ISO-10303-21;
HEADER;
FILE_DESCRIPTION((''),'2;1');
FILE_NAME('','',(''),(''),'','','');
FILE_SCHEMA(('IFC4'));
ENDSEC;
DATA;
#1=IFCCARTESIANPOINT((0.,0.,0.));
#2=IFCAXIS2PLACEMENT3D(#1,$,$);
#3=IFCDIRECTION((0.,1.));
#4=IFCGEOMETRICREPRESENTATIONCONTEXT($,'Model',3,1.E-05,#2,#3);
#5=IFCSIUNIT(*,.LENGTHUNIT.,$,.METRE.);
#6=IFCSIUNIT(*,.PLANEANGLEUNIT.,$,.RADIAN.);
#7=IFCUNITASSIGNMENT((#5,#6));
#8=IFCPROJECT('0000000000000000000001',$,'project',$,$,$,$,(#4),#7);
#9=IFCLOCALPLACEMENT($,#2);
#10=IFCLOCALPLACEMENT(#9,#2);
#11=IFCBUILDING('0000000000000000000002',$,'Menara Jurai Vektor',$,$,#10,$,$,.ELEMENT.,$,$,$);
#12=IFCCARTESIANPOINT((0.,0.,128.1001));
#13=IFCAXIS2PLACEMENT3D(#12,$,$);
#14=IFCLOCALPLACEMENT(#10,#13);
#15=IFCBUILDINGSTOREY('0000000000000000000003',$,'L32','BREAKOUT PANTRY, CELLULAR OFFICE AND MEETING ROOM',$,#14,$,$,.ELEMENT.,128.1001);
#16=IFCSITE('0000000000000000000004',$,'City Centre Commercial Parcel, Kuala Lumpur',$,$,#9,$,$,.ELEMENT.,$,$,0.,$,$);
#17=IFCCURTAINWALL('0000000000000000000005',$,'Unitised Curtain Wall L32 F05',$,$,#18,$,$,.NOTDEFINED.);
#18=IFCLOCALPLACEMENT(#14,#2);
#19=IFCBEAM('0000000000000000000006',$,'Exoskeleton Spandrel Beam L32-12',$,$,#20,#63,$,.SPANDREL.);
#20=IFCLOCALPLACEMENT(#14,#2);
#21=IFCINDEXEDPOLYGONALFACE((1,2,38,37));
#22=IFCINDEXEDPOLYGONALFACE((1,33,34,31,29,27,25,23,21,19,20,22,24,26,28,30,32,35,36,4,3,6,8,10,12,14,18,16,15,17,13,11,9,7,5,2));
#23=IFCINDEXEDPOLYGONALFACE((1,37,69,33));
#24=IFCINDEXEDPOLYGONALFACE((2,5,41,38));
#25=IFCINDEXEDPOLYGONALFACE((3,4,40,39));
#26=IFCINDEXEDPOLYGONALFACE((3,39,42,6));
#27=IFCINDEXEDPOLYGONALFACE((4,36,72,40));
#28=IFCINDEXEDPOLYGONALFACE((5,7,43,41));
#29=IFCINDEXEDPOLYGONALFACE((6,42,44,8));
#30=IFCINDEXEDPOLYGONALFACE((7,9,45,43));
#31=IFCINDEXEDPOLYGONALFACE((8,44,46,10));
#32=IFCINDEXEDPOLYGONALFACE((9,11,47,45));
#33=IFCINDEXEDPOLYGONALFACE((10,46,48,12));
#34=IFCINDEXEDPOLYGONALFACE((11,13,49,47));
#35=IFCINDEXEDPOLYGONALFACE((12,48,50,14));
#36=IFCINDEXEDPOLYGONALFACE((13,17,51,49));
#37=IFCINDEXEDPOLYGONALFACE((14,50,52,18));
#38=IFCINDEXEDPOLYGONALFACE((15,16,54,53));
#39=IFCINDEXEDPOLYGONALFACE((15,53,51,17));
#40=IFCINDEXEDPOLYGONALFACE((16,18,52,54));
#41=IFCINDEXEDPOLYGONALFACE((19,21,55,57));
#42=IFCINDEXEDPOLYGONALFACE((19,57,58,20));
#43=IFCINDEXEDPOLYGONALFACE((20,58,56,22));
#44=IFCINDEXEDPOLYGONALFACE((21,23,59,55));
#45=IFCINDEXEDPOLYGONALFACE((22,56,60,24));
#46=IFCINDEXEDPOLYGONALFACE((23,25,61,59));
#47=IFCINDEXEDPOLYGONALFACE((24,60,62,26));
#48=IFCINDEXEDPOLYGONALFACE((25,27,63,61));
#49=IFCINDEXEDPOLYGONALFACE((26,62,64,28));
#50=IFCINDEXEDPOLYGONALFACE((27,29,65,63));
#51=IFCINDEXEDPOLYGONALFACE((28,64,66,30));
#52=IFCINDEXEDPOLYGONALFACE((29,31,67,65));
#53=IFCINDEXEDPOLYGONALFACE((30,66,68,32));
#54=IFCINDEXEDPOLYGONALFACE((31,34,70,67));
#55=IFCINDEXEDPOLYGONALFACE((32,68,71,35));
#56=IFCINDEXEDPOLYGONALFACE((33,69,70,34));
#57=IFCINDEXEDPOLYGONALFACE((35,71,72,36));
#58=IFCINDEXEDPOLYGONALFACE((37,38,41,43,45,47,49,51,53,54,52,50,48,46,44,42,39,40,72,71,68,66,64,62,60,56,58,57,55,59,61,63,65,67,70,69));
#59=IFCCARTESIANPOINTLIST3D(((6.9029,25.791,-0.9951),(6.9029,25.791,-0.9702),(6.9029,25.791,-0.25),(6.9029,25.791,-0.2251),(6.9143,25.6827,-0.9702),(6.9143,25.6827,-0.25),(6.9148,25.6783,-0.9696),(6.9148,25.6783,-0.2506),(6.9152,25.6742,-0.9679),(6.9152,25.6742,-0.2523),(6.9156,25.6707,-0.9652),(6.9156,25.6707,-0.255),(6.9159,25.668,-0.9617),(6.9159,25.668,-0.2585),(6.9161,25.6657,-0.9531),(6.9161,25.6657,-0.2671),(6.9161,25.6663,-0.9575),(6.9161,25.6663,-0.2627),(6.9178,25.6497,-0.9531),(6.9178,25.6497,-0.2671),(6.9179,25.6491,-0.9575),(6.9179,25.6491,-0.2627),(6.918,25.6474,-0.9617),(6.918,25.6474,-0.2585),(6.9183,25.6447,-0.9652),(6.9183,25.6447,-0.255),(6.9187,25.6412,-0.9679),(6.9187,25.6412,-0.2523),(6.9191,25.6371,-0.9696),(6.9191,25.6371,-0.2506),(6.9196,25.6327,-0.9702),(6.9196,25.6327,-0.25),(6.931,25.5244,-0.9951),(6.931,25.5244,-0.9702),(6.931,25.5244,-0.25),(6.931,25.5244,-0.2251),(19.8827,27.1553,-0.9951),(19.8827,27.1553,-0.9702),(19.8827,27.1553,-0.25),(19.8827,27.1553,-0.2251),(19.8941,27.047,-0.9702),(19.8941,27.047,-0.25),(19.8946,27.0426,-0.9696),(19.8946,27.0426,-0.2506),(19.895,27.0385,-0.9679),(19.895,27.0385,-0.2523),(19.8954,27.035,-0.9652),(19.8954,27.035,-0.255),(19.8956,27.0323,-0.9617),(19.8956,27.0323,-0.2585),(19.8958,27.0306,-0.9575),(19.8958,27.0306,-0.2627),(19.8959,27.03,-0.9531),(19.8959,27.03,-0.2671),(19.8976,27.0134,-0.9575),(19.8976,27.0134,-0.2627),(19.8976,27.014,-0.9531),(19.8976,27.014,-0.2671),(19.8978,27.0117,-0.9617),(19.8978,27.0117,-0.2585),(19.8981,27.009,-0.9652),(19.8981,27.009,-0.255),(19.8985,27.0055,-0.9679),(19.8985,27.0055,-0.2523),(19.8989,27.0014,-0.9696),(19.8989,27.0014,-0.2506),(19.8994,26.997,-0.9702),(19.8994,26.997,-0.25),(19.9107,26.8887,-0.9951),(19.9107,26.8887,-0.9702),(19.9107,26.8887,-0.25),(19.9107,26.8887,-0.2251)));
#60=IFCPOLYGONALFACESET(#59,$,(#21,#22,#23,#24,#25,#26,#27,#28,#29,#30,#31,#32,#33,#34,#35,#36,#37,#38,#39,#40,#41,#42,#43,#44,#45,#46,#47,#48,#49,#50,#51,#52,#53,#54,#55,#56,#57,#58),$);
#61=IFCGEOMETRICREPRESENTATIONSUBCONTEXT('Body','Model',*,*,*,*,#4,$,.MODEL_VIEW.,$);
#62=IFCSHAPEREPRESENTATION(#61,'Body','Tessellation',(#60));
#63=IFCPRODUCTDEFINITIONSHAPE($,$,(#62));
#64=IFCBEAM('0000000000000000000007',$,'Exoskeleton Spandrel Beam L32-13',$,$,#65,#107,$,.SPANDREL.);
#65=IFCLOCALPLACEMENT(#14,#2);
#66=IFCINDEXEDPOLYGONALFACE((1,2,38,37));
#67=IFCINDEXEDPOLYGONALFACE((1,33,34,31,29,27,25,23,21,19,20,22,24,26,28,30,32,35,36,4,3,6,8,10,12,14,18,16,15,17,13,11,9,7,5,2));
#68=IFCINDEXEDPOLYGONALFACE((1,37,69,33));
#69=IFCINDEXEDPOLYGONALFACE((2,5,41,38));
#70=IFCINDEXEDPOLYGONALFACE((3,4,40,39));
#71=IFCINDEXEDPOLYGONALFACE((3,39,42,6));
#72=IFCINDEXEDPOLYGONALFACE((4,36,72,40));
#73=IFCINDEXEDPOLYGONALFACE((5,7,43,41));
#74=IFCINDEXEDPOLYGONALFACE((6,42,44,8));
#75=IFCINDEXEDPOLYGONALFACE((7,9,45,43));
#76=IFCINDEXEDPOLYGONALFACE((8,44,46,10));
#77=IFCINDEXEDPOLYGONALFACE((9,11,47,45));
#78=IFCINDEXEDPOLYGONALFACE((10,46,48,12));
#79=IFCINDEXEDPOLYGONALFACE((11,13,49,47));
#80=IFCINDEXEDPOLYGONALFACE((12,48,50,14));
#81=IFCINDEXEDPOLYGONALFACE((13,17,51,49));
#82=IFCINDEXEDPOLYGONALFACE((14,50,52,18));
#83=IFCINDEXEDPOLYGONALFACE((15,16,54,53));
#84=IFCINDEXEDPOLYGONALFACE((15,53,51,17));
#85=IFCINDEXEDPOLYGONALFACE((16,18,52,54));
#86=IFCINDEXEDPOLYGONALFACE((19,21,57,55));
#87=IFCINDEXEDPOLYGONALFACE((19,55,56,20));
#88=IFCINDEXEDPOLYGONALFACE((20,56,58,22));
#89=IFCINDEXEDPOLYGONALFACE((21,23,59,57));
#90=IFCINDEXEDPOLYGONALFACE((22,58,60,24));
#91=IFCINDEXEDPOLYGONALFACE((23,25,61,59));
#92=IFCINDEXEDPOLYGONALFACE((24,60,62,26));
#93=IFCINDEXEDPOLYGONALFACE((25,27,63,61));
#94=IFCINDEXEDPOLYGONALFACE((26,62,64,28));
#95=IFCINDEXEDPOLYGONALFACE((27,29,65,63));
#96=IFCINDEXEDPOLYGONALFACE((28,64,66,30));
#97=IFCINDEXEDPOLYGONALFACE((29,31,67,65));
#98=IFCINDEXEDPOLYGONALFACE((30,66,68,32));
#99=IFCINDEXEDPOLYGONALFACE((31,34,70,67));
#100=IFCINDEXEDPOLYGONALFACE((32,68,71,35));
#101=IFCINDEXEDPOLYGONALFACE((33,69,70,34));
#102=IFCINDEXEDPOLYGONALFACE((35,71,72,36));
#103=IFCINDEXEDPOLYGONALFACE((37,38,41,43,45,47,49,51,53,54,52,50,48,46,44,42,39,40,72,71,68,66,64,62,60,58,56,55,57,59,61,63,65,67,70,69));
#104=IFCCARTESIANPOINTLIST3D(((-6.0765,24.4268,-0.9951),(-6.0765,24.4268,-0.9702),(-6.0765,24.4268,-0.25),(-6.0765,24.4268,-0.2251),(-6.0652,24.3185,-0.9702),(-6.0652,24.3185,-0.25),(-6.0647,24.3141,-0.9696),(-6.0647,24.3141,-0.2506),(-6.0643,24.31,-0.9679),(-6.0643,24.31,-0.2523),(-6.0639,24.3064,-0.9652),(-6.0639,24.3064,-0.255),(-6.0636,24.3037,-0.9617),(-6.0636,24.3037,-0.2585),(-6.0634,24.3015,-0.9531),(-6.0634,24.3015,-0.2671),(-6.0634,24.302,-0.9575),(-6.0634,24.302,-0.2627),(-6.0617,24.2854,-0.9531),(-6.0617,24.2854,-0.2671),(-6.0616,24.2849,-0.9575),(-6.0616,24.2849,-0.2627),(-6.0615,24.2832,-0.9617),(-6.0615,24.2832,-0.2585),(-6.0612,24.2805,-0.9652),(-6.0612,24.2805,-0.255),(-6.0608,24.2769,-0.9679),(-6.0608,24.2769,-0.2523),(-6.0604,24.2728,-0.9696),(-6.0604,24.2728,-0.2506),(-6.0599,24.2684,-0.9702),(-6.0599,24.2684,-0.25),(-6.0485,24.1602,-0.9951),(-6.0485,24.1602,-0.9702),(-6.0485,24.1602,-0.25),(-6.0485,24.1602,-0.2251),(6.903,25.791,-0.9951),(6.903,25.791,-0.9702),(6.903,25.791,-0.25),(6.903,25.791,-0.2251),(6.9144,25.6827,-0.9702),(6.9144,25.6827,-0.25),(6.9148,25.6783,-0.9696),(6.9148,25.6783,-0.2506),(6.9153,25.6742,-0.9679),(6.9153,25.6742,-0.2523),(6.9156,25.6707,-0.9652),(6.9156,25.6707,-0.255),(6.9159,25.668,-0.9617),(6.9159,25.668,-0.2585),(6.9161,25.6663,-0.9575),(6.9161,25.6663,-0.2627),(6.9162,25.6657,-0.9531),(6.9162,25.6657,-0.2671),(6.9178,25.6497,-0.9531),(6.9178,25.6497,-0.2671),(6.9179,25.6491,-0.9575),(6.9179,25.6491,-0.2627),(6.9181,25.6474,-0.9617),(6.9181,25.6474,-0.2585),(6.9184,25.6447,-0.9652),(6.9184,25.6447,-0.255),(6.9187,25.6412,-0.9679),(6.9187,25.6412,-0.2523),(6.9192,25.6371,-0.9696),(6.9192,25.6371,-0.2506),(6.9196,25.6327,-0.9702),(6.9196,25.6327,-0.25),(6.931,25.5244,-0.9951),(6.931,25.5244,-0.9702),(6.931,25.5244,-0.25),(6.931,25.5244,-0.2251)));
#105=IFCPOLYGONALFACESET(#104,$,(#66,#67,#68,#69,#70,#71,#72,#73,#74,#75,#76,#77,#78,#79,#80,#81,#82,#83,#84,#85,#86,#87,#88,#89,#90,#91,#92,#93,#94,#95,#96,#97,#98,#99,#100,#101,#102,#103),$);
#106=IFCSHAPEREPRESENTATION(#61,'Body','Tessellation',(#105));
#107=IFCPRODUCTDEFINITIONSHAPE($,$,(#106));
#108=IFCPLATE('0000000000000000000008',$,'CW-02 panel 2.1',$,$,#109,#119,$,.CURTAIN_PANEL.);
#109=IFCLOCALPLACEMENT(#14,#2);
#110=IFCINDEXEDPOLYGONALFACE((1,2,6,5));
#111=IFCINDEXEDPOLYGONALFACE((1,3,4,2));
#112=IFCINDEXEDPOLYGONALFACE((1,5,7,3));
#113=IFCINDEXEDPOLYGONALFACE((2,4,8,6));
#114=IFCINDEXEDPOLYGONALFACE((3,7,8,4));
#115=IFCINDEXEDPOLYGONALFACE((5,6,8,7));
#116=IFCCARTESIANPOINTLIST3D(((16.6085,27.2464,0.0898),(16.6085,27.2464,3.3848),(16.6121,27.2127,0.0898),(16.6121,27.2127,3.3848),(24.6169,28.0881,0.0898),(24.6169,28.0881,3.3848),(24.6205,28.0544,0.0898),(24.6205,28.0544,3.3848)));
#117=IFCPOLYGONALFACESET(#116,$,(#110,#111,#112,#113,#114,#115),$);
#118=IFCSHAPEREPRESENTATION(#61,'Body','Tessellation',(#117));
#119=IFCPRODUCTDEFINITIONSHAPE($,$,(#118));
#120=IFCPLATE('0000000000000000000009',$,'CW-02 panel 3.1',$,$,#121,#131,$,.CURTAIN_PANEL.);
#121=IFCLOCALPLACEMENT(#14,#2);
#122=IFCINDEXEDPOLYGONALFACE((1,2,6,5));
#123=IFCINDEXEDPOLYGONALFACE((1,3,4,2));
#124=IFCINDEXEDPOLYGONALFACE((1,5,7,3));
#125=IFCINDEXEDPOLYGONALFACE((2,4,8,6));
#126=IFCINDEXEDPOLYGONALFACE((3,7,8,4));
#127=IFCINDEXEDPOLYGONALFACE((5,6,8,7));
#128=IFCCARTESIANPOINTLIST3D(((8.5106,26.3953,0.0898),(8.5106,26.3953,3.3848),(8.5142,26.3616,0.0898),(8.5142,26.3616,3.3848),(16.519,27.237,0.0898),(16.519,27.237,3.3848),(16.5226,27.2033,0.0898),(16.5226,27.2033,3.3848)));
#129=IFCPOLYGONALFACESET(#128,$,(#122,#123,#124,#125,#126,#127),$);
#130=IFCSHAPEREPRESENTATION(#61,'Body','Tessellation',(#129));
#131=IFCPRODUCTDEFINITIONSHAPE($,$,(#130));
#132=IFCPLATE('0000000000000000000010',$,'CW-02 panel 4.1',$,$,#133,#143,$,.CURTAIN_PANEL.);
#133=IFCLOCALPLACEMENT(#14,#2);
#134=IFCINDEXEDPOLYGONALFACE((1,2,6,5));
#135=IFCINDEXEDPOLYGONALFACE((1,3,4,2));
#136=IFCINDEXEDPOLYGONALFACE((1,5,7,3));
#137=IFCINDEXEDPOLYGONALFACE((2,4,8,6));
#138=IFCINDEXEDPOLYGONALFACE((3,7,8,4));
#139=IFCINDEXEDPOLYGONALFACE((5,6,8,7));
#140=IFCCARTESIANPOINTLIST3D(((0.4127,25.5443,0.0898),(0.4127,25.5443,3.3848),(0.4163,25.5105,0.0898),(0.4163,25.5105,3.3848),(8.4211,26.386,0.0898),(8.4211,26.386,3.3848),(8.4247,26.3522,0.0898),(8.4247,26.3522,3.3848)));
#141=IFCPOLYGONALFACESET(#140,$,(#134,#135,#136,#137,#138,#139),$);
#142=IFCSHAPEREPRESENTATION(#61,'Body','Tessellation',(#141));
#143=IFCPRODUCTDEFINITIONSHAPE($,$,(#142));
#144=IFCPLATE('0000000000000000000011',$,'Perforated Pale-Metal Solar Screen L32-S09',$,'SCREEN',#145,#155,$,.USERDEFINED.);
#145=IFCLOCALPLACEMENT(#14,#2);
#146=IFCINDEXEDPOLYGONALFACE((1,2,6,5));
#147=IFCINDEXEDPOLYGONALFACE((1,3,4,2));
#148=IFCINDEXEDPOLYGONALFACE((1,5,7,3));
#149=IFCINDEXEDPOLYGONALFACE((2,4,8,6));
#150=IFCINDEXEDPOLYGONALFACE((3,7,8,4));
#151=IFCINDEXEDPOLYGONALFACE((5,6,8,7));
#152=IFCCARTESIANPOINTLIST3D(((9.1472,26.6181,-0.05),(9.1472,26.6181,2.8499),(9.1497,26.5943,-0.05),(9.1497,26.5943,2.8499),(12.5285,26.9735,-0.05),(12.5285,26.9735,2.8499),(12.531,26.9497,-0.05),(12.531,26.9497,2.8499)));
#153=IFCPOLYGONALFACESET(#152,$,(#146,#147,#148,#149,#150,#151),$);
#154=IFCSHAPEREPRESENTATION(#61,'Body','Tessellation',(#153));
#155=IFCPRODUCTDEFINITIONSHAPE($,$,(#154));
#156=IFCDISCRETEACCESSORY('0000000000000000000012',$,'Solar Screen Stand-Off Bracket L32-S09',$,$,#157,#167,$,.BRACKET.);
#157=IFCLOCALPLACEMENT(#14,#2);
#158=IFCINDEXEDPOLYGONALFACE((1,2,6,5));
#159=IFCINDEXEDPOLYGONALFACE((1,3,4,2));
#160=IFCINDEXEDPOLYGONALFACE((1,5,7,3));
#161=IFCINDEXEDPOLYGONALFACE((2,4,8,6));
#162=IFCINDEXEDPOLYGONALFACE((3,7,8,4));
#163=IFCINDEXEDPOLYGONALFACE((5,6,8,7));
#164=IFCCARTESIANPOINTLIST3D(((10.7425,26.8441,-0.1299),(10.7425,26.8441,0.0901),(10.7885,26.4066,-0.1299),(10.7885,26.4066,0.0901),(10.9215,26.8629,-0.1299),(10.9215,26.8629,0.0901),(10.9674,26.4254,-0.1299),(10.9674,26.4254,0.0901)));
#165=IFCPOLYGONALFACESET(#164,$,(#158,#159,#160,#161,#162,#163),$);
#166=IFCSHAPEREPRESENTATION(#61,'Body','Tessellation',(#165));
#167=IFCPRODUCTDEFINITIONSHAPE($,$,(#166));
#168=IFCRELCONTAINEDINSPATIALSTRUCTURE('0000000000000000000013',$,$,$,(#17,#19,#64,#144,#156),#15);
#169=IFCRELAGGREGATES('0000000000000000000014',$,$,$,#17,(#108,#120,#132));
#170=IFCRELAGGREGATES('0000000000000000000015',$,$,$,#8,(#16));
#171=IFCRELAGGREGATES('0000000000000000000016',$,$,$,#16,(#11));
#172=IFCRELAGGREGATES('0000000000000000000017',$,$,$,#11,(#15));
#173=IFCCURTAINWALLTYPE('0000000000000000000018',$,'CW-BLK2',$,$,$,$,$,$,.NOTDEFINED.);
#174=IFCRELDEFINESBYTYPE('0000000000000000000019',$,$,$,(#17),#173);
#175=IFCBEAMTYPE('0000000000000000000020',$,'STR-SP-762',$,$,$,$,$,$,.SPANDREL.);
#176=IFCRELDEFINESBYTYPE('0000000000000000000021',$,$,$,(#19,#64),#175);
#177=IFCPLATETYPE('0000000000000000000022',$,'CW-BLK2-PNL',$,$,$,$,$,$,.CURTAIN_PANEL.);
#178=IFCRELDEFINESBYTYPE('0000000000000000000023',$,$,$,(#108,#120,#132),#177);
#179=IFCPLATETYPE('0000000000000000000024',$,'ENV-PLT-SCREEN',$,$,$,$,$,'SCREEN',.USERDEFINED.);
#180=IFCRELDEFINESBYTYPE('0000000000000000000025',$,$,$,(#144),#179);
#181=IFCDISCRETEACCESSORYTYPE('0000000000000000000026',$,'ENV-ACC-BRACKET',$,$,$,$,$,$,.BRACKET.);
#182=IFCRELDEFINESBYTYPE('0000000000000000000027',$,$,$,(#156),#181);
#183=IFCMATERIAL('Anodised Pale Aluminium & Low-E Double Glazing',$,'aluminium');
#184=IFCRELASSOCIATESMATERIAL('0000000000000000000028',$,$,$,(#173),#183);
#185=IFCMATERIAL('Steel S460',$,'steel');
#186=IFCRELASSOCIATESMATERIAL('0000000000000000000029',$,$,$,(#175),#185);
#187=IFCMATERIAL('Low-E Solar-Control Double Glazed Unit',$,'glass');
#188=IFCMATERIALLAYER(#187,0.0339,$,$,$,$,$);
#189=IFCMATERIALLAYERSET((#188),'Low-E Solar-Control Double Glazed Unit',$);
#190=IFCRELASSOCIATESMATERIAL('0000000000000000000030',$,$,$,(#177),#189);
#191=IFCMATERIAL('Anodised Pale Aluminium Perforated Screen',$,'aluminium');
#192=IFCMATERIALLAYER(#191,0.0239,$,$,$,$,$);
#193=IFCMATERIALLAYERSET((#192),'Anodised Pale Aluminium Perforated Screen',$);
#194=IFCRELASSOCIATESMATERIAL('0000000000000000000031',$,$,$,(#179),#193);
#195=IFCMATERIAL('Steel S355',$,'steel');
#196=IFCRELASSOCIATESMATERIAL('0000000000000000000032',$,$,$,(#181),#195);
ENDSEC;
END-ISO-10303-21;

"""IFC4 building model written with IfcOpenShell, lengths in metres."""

from ifc_helpers import new_model, si_unit, direction, frame, origin, origin_2d, place, context, subcontext, project, spatial, rectangle, i_section, extrude, material, layer, layer_set, material_profile, profile_set, type_object, element, aggregate, save


model = new_model("IFC4")

# Units and contexts
model_context = context("Model", 3, precision=1e-05, world=origin(), true_north=direction((0.0, 1.0)))
body_context = subcontext(model_context, "Body", "Model", "MODEL_VIEW")
ifc_project = project(units=[si_unit("LENGTHUNIT", "METRE"), si_unit("PLANEANGLEUNIT", "RADIAN")], contexts=[model_context])

# Site, building, storey
site_placement = place(None, origin())
site = spatial("IfcSite", under=ifc_project, at=site_placement, Name="City Centre Commercial Parcel, Kuala Lumpur", CompositionType="ELEMENT", RefElevation=0.0)
building_placement = place(site_placement, origin())
building = spatial("IfcBuilding", under=site, at=building_placement, Name="Menara Jurai Vektor", CompositionType="ELEMENT")
storey_placement = place(building_placement, frame((0.0, 0.0, 128.1001)))
storey = spatial("IfcBuildingStorey", under=building, at=storey_placement, Name="L32", Description="BREAKOUT PANTRY, CELLULAR OFFICE AND MEETING ROOM", CompositionType="ELEMENT", Elevation=128.1001)

# Shared definitions
ifc_material_1 = material(Name="Steel S460", Category="steel")

# Curtain wall
ifc_material_2 = material(Name="Anodised Pale Aluminium & Low-E Double Glazing", Category="aluminium")
curtain_wall_type = type_object("IfcCurtainWallType", Name="CW-BLK2", PredefinedType="NOTDEFINED", material=ifc_material_2)
curtain_wall_placement = place(storey_placement, origin())
curtain_wall = element("IfcCurtainWall", 1, at=curtain_wall_placement, inside=storey, type_object=curtain_wall_type, Name="Unitised Curtain Wall L32 F05", PredefinedType="NOTDEFINED")

# Beams
ifc_material_3 = material(Name="Steel S355", Category="steel")
ifc_material_profile_1 = material_profile(ifc_material_1, i_section(OverallWidth=0.2681, OverallDepth=0.77, WebThickness=0.0161, FlangeThickness=0.0249, FilletRadius=0.0171, at=origin_2d()), Name="UKB 762x267x197")
ifc_profile_set_1 = profile_set([ifc_material_profile_1], Name="Steel S460")
beam_type_1 = type_object("IfcBeamType", Name="STR-SP-762", PredefinedType="SPANDREL", material=ifc_profile_set_1)
beam_1_placement = place(storey_placement, frame((19.8967, 27.022, -0.6101), z_axis=(-0.994522, -0.104531, 0.0), x_axis=(0.104531, -0.994522, 0.0)))
element("IfcBeam", 2, at=beam_1_placement, inside=storey, type_object=beam_type_1, Name="Exoskeleton Spandrel Beam L32-12", PredefinedType="SPANDREL", context=body_context, shape_type="SweptSolid", body=[
    extrude(i_section(OverallWidth=0.2681, OverallDepth=0.77, WebThickness=0.0161, FlangeThickness=0.0249, FilletRadius=0.0171, at=origin_2d()), origin(), (0.0, 0.0, 1.0), 13.0513),
])
beam_2_placement = place(storey_placement, frame((6.917, 25.6577, -0.6101), z_axis=(-0.994521, -0.104533, 0.0), x_axis=(0.104533, -0.994521, 0.0)))
element("IfcBeam", 3, at=beam_2_placement, inside=storey, type_object=beam_type_1, Name="Exoskeleton Spandrel Beam L32-13", PredefinedType="SPANDREL", context=body_context, shape_type="SweptSolid", body=[
    extrude(i_section(OverallWidth=0.2681, OverallDepth=0.77, WebThickness=0.0161, FlangeThickness=0.0249, FilletRadius=0.0171, at=origin_2d()), origin(), (0.0, 0.0, 1.0), 13.051),
])

# Plates
ifc_material_4 = material(Name="Low-E Solar-Control Double Glazed Unit", Category="glass")
ifc_layer_1 = layer(ifc_material_4, 0.0339)
ifc_layer_set_1 = layer_set([ifc_layer_1], Name="Low-E Solar-Control Double Glazed Unit")
plate_type_1 = type_object("IfcPlateType", Name="CW-BLK2-PNL", PredefinedType="CURTAIN_PANEL", material=ifc_layer_set_1)
plate_1_placement = place(storey_placement, frame((20.6145, 27.6504, 0.0898), z_axis=(0.0, 0.0, 1.0), x_axis=(-0.994522, -0.104529, 0.0)))
plate_1 = element("IfcPlate", 4, at=plate_1_placement, type_object=plate_type_1, Name="CW-02 panel 2.1", PredefinedType="CURTAIN_PANEL", context=body_context, shape_type="SweptSolid", body=[
    extrude(rectangle(XDim=8.0525, YDim=0.0339, at=origin_2d()), origin(), (0.0, 0.0, 1.0), 3.2949),
])
plate_2_placement = place(storey_placement, frame((12.5166, 26.7993, 0.0898), z_axis=(0.0, 0.0, 1.0), x_axis=(-0.994522, -0.104529, 0.0)))
plate_2 = element("IfcPlate", 5, at=plate_2_placement, type_object=plate_type_1, Name="CW-02 panel 3.1", PredefinedType="CURTAIN_PANEL", context=body_context, shape_type="SweptSolid", body=[
    extrude(rectangle(XDim=8.0525, YDim=0.0339, at=origin_2d()), origin(), (0.0, 0.0, 1.0), 3.2949),
])
plate_3_placement = place(storey_placement, frame((4.4187, 25.9482, 0.0898), z_axis=(0.0, 0.0, 1.0), x_axis=(-0.994522, -0.104529, 0.0)))
plate_3 = element("IfcPlate", 6, at=plate_3_placement, type_object=plate_type_1, Name="CW-02 panel 4.1", PredefinedType="CURTAIN_PANEL", context=body_context, shape_type="SweptSolid", body=[
    extrude(rectangle(XDim=8.0525, YDim=0.0339, at=origin_2d()), origin(), (0.0, 0.0, 1.0), 3.2949),
])
aggregate(curtain_wall, [plate_1, plate_2, plate_3])
ifc_material_5 = material(Name="Anodised Pale Aluminium Perforated Screen", Category="aluminium")
ifc_layer_2 = layer(ifc_material_5, 0.0239)
ifc_layer_set_2 = layer_set([ifc_layer_2], Name="Anodised Pale Aluminium Perforated Screen")
plate_type_2 = type_object("IfcPlateType", Name="ENV-PLT-SCREEN", ElementType="SCREEN", PredefinedType="USERDEFINED", material=ifc_layer_set_2)
plate_4_placement = place(storey_placement, frame((10.8391, 26.7839, -0.05), z_axis=(0.0, 0.0, 1.0), x_axis=(-0.994522, -0.104528, 0.0)))
element("IfcPlate", 7, at=plate_4_placement, inside=storey, type_object=plate_type_2, Name="Perforated Pale-Metal Solar Screen L32-S09", ObjectType="SCREEN", PredefinedType="USERDEFINED", context=body_context, shape_type="SweptSolid", body=[
    extrude(rectangle(XDim=3.3999, YDim=0.0239, at=origin_2d()), origin(), (0.0, 0.0, 1.0), 2.8999),
])

# Discrete accessory
discrete_accessory_type = type_object("IfcDiscreteAccessoryType", Name="ENV-ACC-BRACKET", PredefinedType="BRACKET", material=ifc_material_3)
discrete_accessory_placement = place(storey_placement, frame((10.855, 26.6348, -0.1299), z_axis=(0.0, 0.0, 1.0), x_axis=(-0.994522, -0.104528, 0.0)))
element("IfcDiscreteAccessory", 8, at=discrete_accessory_placement, inside=storey, type_object=discrete_accessory_type, Name="Solar Screen Stand-Off Bracket L32-S09", PredefinedType="BRACKET", context=body_context, shape_type="SweptSolid", body=[
    extrude(rectangle(XDim=0.1799, YDim=0.4399, at=origin_2d()), origin(), (0.0, 0.0, 1.0), 0.22),
])

save(model, "model.ifc")
